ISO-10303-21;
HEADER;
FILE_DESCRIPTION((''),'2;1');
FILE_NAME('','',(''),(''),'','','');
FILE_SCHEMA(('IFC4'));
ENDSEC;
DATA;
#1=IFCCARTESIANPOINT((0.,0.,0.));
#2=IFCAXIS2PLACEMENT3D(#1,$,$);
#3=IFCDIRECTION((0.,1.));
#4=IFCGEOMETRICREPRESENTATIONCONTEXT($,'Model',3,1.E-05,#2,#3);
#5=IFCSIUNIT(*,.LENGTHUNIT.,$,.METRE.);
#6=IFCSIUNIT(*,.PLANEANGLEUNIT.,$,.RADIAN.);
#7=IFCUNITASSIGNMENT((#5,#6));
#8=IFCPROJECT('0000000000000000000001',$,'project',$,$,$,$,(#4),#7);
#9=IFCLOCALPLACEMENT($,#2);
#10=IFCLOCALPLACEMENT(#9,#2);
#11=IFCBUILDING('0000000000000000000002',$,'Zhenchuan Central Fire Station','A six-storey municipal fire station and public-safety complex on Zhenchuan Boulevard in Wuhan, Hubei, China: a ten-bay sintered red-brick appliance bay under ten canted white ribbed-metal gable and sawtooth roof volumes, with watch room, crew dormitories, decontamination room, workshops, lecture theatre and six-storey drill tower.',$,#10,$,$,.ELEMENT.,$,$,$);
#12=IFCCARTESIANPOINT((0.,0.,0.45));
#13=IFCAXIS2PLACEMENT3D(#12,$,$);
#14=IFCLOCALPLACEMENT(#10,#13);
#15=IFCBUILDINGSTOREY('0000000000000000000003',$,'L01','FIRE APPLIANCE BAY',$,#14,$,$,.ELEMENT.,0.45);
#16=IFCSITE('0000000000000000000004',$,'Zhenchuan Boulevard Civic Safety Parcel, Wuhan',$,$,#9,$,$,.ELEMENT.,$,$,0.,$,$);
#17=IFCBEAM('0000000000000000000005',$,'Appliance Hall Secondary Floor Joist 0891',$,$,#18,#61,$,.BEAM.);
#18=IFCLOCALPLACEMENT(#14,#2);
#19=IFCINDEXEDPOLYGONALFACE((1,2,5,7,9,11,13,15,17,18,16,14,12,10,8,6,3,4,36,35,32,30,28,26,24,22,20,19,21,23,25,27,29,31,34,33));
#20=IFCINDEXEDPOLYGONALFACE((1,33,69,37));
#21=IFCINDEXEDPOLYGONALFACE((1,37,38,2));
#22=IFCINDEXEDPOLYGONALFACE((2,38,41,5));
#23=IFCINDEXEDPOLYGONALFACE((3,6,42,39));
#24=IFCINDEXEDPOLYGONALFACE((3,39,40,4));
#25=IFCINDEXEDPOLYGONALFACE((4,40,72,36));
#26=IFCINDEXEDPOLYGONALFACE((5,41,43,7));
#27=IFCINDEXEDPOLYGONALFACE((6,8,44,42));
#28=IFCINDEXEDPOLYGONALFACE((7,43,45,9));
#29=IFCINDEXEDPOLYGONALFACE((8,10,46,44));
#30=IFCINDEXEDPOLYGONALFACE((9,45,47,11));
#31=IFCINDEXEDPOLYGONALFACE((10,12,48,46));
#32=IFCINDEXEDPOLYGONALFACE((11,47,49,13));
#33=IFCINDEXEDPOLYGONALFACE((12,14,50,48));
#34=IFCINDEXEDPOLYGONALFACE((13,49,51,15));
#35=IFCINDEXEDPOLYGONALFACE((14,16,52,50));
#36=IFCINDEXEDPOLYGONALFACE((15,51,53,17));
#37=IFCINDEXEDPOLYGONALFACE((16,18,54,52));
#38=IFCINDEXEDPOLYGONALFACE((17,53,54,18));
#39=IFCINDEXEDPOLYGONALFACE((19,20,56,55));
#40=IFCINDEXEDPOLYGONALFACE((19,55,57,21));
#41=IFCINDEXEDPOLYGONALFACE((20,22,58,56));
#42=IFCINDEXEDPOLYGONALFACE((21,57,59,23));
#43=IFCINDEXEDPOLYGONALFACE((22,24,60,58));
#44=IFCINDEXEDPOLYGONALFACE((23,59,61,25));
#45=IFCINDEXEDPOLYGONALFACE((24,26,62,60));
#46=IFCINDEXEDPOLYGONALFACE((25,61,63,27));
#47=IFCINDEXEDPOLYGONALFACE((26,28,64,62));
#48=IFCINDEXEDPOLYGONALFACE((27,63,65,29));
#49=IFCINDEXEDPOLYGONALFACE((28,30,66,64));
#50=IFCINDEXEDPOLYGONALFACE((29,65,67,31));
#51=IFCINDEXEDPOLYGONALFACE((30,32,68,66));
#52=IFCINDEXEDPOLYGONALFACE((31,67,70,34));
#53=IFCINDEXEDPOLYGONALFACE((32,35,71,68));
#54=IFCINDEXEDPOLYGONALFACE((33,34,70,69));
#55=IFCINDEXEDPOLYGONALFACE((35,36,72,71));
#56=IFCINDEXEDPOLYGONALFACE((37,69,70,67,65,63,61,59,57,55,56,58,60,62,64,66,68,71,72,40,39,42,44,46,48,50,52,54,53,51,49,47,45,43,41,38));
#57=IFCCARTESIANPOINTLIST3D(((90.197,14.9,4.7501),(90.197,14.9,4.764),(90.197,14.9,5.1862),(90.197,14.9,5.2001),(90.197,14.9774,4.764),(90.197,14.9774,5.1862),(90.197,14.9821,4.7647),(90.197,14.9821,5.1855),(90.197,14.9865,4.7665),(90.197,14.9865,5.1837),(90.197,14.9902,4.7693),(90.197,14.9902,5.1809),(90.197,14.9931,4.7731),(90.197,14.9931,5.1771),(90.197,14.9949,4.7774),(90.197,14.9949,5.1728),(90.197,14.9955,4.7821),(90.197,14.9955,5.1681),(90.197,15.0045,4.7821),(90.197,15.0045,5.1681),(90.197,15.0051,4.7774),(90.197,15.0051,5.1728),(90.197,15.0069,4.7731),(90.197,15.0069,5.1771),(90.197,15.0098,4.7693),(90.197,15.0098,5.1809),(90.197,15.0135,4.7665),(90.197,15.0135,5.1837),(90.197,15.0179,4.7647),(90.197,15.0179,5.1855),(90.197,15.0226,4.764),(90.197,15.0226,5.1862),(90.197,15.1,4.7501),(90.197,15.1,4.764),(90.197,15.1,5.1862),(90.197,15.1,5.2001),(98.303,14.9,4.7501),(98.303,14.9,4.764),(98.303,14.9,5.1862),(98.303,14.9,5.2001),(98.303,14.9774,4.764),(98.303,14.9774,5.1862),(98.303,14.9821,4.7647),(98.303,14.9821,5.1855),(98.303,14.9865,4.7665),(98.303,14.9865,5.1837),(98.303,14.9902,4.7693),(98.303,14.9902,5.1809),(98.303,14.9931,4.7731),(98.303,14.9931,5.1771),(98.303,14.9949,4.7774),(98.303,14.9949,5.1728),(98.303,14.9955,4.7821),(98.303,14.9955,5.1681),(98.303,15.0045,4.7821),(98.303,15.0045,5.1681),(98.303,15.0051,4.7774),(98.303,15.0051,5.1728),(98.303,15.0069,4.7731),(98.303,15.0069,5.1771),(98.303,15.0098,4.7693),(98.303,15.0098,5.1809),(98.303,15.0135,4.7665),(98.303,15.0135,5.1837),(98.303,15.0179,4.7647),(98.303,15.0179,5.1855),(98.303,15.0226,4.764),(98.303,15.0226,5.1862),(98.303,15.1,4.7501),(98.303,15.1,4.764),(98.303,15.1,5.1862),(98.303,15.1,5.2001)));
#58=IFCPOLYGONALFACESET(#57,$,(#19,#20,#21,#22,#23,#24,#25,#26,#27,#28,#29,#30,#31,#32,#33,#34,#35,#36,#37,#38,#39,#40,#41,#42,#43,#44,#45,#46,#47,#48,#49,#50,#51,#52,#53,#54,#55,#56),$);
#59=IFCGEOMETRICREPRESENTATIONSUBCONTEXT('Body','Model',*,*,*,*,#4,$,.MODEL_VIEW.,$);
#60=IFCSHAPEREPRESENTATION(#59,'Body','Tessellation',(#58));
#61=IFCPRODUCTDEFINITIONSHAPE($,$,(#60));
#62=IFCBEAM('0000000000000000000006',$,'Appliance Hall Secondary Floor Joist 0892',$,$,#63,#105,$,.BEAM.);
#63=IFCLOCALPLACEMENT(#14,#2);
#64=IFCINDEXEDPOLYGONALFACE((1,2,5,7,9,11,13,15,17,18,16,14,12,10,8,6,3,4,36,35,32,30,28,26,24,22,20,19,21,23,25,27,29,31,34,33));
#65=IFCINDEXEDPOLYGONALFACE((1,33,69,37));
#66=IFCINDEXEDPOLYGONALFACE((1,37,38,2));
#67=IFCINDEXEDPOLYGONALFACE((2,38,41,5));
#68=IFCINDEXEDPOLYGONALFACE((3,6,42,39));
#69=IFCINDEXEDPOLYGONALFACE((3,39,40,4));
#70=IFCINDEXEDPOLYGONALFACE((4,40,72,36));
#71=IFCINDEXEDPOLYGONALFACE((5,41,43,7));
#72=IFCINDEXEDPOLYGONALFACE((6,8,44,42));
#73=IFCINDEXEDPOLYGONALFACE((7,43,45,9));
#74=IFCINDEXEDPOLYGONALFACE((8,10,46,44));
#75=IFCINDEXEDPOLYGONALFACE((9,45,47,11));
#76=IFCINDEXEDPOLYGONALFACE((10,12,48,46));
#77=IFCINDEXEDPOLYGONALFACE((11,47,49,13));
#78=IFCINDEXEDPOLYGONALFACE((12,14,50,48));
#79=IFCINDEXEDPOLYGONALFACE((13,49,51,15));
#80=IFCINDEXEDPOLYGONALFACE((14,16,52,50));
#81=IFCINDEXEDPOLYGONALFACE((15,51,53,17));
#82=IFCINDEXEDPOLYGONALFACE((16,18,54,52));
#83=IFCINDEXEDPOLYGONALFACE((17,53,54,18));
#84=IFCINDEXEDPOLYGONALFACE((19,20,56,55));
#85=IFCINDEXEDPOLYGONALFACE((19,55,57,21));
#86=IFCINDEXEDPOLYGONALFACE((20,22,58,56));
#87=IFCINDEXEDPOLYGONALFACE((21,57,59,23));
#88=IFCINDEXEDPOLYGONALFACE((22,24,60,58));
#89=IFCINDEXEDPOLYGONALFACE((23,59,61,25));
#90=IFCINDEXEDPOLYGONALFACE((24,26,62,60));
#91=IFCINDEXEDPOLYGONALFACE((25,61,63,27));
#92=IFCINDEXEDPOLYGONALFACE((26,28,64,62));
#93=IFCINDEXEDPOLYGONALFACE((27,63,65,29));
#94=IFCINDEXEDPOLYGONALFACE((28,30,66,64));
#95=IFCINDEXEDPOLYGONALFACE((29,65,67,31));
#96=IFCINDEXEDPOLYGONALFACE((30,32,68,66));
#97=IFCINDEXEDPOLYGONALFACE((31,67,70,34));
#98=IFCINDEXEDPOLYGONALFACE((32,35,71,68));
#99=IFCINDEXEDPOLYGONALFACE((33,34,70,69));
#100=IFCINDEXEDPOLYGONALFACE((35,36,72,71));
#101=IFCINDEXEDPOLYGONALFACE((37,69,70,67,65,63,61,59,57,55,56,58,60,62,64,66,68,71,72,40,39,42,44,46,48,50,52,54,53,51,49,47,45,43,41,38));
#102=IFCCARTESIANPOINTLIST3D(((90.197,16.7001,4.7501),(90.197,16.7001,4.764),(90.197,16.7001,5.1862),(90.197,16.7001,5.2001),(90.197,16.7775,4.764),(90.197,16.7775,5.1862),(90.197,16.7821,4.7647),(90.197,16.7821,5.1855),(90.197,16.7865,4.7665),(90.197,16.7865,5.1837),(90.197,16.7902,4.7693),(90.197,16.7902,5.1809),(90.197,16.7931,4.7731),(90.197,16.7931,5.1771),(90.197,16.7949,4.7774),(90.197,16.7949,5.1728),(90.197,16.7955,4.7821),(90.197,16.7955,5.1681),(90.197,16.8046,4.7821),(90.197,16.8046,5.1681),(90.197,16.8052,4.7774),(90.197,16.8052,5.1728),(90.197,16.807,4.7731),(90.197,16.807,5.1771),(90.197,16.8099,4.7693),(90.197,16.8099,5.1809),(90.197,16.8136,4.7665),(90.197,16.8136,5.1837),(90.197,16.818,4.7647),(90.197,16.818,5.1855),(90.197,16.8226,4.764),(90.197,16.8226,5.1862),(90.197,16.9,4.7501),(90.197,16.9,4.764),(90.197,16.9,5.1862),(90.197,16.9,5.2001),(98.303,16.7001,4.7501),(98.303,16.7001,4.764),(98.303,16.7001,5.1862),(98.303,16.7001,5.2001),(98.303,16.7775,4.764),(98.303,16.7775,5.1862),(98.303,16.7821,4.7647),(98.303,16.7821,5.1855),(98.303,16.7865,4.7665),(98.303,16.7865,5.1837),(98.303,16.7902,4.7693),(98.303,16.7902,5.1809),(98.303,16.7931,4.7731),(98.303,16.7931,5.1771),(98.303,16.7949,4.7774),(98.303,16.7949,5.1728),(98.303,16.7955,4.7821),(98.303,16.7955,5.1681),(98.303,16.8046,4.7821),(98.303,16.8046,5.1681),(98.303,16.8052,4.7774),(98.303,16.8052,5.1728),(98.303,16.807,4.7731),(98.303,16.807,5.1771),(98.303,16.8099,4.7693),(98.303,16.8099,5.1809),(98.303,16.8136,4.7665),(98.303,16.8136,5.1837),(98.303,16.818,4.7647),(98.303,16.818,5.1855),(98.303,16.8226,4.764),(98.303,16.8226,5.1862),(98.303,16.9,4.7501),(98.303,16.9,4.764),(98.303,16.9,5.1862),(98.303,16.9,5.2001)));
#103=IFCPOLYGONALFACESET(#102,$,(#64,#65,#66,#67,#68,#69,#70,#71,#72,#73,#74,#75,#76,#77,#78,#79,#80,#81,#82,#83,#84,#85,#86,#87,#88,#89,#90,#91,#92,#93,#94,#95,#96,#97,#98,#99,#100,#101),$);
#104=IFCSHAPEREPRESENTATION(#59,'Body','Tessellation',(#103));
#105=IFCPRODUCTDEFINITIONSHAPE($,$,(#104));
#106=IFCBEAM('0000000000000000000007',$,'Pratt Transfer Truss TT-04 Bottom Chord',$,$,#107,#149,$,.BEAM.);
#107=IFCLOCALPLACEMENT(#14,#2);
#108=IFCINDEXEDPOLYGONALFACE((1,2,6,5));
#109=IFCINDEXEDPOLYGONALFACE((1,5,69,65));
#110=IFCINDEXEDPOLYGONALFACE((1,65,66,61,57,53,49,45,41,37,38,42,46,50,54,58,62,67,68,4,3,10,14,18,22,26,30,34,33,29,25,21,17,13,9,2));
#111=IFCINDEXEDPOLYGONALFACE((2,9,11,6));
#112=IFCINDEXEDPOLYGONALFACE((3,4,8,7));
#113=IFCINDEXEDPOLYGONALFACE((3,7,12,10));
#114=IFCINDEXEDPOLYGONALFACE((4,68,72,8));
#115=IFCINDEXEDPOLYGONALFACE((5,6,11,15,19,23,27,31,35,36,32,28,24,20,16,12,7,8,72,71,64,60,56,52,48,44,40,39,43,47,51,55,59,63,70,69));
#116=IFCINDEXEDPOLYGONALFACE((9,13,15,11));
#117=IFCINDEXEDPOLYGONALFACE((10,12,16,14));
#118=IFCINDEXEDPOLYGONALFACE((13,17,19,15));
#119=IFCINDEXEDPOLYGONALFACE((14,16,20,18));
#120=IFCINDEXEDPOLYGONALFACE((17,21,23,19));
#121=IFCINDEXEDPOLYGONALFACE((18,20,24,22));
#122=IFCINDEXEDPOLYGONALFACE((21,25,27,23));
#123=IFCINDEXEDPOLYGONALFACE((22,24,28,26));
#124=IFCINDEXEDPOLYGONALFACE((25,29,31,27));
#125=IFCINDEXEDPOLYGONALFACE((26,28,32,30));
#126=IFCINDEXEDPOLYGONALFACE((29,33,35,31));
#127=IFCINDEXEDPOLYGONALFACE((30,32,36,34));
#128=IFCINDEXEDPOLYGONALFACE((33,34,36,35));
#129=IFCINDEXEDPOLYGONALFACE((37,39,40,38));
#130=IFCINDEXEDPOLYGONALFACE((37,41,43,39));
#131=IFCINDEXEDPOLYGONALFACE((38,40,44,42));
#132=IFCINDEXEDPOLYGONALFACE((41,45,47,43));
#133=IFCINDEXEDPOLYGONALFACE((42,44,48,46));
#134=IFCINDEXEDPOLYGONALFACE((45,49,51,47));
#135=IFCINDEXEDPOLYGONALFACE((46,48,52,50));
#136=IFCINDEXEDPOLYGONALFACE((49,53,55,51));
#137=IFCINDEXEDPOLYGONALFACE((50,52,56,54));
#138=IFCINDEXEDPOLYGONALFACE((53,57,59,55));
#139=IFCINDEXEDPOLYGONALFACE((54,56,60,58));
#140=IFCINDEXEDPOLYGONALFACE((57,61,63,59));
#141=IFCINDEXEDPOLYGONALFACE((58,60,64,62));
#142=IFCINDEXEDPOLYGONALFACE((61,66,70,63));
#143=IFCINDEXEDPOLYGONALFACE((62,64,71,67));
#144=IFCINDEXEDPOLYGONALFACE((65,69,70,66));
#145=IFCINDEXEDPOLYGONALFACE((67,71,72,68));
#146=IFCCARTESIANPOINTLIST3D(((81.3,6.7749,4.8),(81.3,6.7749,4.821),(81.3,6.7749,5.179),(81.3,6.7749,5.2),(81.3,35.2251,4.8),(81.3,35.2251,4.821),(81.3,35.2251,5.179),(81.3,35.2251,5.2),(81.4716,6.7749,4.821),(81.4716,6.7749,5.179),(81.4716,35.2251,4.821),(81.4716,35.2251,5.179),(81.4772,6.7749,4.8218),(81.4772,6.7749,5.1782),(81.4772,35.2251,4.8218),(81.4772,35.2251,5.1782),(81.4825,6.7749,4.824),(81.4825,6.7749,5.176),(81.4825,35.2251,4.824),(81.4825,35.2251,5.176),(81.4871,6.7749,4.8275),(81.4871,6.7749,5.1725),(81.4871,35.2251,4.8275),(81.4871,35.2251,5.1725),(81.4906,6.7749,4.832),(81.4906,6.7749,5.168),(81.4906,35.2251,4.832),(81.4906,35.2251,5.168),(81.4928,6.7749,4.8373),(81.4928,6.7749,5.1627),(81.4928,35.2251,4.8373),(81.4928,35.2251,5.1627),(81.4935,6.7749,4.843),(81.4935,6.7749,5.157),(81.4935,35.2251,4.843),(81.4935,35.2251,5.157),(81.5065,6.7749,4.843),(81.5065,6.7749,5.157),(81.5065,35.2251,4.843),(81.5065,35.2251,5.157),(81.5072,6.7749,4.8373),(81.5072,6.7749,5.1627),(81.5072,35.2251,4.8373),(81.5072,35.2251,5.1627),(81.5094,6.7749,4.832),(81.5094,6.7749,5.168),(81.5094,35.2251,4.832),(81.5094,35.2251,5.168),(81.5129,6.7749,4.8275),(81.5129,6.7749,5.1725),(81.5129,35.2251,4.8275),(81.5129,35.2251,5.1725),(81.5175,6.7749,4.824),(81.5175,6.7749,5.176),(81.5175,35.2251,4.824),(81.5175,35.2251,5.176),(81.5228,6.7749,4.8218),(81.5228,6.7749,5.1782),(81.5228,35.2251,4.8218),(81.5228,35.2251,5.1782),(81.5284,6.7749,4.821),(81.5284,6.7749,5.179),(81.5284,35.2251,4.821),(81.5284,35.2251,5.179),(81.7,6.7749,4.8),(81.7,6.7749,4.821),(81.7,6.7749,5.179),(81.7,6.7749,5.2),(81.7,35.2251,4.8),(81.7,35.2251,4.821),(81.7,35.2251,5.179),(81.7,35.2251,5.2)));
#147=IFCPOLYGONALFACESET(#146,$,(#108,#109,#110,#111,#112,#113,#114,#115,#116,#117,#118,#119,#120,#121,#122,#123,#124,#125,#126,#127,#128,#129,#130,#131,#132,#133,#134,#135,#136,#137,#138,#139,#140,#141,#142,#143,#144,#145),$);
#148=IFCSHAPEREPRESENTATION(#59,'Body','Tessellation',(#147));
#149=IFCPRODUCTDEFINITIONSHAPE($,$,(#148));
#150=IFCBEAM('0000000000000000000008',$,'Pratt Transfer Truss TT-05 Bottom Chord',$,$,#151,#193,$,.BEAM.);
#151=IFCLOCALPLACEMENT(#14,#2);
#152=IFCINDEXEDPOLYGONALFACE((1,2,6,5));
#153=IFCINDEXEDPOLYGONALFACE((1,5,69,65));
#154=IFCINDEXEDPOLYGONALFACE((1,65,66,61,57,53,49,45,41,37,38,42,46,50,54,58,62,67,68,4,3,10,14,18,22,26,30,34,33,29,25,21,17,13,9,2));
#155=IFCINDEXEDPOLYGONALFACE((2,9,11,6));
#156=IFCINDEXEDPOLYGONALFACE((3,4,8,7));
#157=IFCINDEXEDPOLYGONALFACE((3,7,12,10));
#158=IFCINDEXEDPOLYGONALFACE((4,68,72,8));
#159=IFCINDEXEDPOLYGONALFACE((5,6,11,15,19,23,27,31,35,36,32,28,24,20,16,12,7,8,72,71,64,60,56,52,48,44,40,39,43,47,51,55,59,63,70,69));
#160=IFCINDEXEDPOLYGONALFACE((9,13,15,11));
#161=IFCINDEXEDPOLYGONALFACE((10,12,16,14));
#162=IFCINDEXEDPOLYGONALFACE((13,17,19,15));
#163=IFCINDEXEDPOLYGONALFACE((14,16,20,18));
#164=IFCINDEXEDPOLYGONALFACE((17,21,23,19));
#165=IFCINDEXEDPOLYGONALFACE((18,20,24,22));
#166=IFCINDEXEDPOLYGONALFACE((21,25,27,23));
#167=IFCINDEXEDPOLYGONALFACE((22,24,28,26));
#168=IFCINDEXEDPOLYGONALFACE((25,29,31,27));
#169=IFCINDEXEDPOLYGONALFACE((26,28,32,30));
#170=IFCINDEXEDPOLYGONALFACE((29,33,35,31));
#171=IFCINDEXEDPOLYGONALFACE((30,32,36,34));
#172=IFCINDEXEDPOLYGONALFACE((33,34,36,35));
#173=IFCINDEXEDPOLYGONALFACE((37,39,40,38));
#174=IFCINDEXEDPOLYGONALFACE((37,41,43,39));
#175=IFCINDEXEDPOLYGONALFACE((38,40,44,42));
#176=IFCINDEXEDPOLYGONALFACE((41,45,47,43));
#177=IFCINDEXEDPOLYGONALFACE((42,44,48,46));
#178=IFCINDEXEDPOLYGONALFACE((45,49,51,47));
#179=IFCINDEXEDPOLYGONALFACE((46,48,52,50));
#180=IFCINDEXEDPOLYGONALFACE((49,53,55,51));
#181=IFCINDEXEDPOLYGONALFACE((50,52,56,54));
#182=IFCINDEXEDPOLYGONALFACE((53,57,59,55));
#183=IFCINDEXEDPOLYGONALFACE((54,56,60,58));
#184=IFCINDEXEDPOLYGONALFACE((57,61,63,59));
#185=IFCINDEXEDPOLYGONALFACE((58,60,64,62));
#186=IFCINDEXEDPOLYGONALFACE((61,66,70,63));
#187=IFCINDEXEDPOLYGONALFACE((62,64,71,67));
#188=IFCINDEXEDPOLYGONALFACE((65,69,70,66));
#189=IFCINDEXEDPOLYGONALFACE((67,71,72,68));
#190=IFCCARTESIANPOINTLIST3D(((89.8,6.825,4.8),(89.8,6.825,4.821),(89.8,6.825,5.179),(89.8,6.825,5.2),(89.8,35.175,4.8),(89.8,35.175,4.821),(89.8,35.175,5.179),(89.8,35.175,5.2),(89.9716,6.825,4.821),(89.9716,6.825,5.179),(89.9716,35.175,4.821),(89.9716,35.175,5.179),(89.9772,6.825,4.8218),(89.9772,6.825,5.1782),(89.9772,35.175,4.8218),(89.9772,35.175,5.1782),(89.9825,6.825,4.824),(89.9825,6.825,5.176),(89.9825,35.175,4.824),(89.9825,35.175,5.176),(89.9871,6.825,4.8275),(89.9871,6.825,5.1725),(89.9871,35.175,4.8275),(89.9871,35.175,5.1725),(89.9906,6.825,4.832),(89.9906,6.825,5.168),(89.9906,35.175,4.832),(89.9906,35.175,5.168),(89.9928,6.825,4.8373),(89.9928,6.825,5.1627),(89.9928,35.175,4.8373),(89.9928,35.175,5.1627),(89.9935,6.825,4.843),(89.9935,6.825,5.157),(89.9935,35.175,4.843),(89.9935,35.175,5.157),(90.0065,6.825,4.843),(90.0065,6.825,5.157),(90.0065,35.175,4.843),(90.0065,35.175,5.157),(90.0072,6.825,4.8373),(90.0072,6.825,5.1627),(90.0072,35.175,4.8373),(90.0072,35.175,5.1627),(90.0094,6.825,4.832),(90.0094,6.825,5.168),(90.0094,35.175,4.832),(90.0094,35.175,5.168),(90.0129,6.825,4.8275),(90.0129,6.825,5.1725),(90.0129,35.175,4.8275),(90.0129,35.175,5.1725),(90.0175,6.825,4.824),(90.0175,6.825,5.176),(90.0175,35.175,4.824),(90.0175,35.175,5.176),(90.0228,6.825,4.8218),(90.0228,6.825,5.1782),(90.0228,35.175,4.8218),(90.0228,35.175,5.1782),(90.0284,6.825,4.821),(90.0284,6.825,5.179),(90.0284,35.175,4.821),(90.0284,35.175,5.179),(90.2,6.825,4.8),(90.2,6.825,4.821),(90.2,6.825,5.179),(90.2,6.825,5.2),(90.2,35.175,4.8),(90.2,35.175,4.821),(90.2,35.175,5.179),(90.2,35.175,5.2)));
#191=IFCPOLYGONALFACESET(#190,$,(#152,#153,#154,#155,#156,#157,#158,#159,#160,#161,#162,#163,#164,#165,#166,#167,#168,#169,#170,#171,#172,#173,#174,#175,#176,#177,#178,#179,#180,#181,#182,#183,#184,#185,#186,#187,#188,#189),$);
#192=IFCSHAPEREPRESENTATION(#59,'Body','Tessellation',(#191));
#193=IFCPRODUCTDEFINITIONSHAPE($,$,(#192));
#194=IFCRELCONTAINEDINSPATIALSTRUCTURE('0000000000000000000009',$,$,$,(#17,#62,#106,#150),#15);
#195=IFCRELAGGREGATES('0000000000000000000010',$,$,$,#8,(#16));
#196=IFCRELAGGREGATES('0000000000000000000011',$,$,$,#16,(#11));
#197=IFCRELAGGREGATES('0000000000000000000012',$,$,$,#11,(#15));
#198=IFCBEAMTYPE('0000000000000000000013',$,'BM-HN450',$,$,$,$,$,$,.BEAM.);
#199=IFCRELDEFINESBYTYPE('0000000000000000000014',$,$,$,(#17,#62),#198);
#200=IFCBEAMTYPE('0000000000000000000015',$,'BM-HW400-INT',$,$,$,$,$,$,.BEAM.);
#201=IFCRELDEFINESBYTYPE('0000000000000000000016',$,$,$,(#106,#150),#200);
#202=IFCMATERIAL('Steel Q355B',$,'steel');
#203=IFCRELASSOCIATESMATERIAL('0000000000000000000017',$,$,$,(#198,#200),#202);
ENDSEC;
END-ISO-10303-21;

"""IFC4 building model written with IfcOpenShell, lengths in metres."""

from ifc_helpers import new_model, si_unit, direction, frame, origin, origin_2d, place, context, subcontext, project, spatial, i_section, extrude, material, material_profile, profile_set, type_object, element, save


model = new_model("IFC4")

# Units and contexts
model_context = context("Model", 3, precision=1e-05, world=origin(), true_north=direction((0.0, 1.0)))
body_context = subcontext(model_context, "Body", "Model", "MODEL_VIEW")
ifc_project = project(units=[si_unit("LENGTHUNIT", "METRE"), si_unit("PLANEANGLEUNIT", "RADIAN")], contexts=[model_context])

# Site, building, storey
site_placement = place(None, origin())
site = spatial("IfcSite", under=ifc_project, at=site_placement, Name="Zhenchuan Boulevard Civic Safety Parcel, Wuhan", CompositionType="ELEMENT", RefElevation=0.0)
building_placement = place(site_placement, origin())
building = spatial("IfcBuilding", under=site, at=building_placement, Name="Zhenchuan Central Fire Station", Description="A six-storey municipal fire station and public-safety complex on Zhenchuan Boulevard in Wuhan, Hubei, China: a ten-bay sintered red-brick appliance bay under ten canted white ribbed-metal gable and sawtooth roof volumes, with watch room, crew dormitories, decontamination room, workshops, lecture theatre and six-storey drill tower.", CompositionType="ELEMENT")
storey_placement = place(building_placement, frame((0.0, 0.0, 0.45)))
storey = spatial("IfcBuildingStorey", under=building, at=storey_placement, Name="L01", Description="FIRE APPLIANCE BAY", CompositionType="ELEMENT", Elevation=0.45)

# Shared definitions
ifc_material_1 = material(Name="Steel Q355B", Category="steel")

# Beams
ifc_material_profile_1 = material_profile(ifc_material_1, i_section(OverallWidth=0.2, OverallDepth=0.45, WebThickness=0.009, FlangeThickness=0.0139, FilletRadius=0.0181, at=origin_2d()), Name="HN 450x200")
ifc_profile_set_1 = profile_set([ifc_material_profile_1], Name="Steel Q355B")
beam_type_1 = type_object("IfcBeamType", Name="BM-HN450", PredefinedType="BEAM", material=ifc_profile_set_1)
for number, where, z_axis, x_axis, name in (
    (1, (90.197, 15.0, 4.9751), (1.0, 0.0, 0.0), (0.0, 1.0, 0.0), "Appliance Hall Secondary Floor Joist 0891"),
    (2, (90.197, 16.8, 4.9751), (1.0, 0.0, 0.0), (0.0, 1.0, 0.0), "Appliance Hall Secondary Floor Joist 0892"),
):
    element("IfcBeam", number, at=place(storey_placement, frame(where, z_axis=z_axis, x_axis=x_axis)), inside=storey, type_object=beam_type_1, Name=name, PredefinedType="BEAM", context=body_context, shape_type="SweptSolid", body=[
        extrude(i_section(OverallWidth=0.2, OverallDepth=0.45, WebThickness=0.009, FlangeThickness=0.0139, FilletRadius=0.0181, at=origin_2d()), origin(), (0.0, 0.0, 1.0), 8.106),
    ])
ifc_material_profile_2 = material_profile(ifc_material_1, i_section(OverallWidth=0.3999, OverallDepth=0.3999, WebThickness=0.0129, FlangeThickness=0.021, FilletRadius=0.022, at=origin_2d()), Name="HW 400x400")
ifc_profile_set_2 = profile_set([ifc_material_profile_2], Name="Steel Q355B")
beam_type_2 = type_object("IfcBeamType", Name="BM-HW400-INT", PredefinedType="BEAM", material=ifc_profile_set_2)
beam_1_placement = place(storey_placement, frame((81.5, 6.7749, 5.0), z_axis=(0.0, 1.0, 0.0), x_axis=(-1.0, 0.0, 0.0)))
element("IfcBeam", 3, at=beam_1_placement, inside=storey, type_object=beam_type_2, Name="Pratt Transfer Truss TT-04 Bottom Chord", PredefinedType="BEAM", context=body_context, shape_type="SweptSolid", body=[
    extrude(i_section(OverallWidth=0.3999, OverallDepth=0.3999, WebThickness=0.0129, FlangeThickness=0.021, FilletRadius=0.022, at=origin_2d()), origin(), (0.0, 0.0, 1.0), 28.4502),
])
beam_2_placement = place(storey_placement, frame((90.0, 6.825, 5.0), z_axis=(0.0, 1.0, 0.0), x_axis=(-1.0, 0.0, 0.0)))
element("IfcBeam", 4, at=beam_2_placement, inside=storey, type_object=beam_type_2, Name="Pratt Transfer Truss TT-05 Bottom Chord", PredefinedType="BEAM", context=body_context, shape_type="SweptSolid", body=[
    extrude(i_section(OverallWidth=0.3999, OverallDepth=0.3999, WebThickness=0.0129, FlangeThickness=0.021, FilletRadius=0.022, at=origin_2d()), origin(), (0.0, 0.0, 1.0), 28.3501),
])

save(model, "model.ifc")
